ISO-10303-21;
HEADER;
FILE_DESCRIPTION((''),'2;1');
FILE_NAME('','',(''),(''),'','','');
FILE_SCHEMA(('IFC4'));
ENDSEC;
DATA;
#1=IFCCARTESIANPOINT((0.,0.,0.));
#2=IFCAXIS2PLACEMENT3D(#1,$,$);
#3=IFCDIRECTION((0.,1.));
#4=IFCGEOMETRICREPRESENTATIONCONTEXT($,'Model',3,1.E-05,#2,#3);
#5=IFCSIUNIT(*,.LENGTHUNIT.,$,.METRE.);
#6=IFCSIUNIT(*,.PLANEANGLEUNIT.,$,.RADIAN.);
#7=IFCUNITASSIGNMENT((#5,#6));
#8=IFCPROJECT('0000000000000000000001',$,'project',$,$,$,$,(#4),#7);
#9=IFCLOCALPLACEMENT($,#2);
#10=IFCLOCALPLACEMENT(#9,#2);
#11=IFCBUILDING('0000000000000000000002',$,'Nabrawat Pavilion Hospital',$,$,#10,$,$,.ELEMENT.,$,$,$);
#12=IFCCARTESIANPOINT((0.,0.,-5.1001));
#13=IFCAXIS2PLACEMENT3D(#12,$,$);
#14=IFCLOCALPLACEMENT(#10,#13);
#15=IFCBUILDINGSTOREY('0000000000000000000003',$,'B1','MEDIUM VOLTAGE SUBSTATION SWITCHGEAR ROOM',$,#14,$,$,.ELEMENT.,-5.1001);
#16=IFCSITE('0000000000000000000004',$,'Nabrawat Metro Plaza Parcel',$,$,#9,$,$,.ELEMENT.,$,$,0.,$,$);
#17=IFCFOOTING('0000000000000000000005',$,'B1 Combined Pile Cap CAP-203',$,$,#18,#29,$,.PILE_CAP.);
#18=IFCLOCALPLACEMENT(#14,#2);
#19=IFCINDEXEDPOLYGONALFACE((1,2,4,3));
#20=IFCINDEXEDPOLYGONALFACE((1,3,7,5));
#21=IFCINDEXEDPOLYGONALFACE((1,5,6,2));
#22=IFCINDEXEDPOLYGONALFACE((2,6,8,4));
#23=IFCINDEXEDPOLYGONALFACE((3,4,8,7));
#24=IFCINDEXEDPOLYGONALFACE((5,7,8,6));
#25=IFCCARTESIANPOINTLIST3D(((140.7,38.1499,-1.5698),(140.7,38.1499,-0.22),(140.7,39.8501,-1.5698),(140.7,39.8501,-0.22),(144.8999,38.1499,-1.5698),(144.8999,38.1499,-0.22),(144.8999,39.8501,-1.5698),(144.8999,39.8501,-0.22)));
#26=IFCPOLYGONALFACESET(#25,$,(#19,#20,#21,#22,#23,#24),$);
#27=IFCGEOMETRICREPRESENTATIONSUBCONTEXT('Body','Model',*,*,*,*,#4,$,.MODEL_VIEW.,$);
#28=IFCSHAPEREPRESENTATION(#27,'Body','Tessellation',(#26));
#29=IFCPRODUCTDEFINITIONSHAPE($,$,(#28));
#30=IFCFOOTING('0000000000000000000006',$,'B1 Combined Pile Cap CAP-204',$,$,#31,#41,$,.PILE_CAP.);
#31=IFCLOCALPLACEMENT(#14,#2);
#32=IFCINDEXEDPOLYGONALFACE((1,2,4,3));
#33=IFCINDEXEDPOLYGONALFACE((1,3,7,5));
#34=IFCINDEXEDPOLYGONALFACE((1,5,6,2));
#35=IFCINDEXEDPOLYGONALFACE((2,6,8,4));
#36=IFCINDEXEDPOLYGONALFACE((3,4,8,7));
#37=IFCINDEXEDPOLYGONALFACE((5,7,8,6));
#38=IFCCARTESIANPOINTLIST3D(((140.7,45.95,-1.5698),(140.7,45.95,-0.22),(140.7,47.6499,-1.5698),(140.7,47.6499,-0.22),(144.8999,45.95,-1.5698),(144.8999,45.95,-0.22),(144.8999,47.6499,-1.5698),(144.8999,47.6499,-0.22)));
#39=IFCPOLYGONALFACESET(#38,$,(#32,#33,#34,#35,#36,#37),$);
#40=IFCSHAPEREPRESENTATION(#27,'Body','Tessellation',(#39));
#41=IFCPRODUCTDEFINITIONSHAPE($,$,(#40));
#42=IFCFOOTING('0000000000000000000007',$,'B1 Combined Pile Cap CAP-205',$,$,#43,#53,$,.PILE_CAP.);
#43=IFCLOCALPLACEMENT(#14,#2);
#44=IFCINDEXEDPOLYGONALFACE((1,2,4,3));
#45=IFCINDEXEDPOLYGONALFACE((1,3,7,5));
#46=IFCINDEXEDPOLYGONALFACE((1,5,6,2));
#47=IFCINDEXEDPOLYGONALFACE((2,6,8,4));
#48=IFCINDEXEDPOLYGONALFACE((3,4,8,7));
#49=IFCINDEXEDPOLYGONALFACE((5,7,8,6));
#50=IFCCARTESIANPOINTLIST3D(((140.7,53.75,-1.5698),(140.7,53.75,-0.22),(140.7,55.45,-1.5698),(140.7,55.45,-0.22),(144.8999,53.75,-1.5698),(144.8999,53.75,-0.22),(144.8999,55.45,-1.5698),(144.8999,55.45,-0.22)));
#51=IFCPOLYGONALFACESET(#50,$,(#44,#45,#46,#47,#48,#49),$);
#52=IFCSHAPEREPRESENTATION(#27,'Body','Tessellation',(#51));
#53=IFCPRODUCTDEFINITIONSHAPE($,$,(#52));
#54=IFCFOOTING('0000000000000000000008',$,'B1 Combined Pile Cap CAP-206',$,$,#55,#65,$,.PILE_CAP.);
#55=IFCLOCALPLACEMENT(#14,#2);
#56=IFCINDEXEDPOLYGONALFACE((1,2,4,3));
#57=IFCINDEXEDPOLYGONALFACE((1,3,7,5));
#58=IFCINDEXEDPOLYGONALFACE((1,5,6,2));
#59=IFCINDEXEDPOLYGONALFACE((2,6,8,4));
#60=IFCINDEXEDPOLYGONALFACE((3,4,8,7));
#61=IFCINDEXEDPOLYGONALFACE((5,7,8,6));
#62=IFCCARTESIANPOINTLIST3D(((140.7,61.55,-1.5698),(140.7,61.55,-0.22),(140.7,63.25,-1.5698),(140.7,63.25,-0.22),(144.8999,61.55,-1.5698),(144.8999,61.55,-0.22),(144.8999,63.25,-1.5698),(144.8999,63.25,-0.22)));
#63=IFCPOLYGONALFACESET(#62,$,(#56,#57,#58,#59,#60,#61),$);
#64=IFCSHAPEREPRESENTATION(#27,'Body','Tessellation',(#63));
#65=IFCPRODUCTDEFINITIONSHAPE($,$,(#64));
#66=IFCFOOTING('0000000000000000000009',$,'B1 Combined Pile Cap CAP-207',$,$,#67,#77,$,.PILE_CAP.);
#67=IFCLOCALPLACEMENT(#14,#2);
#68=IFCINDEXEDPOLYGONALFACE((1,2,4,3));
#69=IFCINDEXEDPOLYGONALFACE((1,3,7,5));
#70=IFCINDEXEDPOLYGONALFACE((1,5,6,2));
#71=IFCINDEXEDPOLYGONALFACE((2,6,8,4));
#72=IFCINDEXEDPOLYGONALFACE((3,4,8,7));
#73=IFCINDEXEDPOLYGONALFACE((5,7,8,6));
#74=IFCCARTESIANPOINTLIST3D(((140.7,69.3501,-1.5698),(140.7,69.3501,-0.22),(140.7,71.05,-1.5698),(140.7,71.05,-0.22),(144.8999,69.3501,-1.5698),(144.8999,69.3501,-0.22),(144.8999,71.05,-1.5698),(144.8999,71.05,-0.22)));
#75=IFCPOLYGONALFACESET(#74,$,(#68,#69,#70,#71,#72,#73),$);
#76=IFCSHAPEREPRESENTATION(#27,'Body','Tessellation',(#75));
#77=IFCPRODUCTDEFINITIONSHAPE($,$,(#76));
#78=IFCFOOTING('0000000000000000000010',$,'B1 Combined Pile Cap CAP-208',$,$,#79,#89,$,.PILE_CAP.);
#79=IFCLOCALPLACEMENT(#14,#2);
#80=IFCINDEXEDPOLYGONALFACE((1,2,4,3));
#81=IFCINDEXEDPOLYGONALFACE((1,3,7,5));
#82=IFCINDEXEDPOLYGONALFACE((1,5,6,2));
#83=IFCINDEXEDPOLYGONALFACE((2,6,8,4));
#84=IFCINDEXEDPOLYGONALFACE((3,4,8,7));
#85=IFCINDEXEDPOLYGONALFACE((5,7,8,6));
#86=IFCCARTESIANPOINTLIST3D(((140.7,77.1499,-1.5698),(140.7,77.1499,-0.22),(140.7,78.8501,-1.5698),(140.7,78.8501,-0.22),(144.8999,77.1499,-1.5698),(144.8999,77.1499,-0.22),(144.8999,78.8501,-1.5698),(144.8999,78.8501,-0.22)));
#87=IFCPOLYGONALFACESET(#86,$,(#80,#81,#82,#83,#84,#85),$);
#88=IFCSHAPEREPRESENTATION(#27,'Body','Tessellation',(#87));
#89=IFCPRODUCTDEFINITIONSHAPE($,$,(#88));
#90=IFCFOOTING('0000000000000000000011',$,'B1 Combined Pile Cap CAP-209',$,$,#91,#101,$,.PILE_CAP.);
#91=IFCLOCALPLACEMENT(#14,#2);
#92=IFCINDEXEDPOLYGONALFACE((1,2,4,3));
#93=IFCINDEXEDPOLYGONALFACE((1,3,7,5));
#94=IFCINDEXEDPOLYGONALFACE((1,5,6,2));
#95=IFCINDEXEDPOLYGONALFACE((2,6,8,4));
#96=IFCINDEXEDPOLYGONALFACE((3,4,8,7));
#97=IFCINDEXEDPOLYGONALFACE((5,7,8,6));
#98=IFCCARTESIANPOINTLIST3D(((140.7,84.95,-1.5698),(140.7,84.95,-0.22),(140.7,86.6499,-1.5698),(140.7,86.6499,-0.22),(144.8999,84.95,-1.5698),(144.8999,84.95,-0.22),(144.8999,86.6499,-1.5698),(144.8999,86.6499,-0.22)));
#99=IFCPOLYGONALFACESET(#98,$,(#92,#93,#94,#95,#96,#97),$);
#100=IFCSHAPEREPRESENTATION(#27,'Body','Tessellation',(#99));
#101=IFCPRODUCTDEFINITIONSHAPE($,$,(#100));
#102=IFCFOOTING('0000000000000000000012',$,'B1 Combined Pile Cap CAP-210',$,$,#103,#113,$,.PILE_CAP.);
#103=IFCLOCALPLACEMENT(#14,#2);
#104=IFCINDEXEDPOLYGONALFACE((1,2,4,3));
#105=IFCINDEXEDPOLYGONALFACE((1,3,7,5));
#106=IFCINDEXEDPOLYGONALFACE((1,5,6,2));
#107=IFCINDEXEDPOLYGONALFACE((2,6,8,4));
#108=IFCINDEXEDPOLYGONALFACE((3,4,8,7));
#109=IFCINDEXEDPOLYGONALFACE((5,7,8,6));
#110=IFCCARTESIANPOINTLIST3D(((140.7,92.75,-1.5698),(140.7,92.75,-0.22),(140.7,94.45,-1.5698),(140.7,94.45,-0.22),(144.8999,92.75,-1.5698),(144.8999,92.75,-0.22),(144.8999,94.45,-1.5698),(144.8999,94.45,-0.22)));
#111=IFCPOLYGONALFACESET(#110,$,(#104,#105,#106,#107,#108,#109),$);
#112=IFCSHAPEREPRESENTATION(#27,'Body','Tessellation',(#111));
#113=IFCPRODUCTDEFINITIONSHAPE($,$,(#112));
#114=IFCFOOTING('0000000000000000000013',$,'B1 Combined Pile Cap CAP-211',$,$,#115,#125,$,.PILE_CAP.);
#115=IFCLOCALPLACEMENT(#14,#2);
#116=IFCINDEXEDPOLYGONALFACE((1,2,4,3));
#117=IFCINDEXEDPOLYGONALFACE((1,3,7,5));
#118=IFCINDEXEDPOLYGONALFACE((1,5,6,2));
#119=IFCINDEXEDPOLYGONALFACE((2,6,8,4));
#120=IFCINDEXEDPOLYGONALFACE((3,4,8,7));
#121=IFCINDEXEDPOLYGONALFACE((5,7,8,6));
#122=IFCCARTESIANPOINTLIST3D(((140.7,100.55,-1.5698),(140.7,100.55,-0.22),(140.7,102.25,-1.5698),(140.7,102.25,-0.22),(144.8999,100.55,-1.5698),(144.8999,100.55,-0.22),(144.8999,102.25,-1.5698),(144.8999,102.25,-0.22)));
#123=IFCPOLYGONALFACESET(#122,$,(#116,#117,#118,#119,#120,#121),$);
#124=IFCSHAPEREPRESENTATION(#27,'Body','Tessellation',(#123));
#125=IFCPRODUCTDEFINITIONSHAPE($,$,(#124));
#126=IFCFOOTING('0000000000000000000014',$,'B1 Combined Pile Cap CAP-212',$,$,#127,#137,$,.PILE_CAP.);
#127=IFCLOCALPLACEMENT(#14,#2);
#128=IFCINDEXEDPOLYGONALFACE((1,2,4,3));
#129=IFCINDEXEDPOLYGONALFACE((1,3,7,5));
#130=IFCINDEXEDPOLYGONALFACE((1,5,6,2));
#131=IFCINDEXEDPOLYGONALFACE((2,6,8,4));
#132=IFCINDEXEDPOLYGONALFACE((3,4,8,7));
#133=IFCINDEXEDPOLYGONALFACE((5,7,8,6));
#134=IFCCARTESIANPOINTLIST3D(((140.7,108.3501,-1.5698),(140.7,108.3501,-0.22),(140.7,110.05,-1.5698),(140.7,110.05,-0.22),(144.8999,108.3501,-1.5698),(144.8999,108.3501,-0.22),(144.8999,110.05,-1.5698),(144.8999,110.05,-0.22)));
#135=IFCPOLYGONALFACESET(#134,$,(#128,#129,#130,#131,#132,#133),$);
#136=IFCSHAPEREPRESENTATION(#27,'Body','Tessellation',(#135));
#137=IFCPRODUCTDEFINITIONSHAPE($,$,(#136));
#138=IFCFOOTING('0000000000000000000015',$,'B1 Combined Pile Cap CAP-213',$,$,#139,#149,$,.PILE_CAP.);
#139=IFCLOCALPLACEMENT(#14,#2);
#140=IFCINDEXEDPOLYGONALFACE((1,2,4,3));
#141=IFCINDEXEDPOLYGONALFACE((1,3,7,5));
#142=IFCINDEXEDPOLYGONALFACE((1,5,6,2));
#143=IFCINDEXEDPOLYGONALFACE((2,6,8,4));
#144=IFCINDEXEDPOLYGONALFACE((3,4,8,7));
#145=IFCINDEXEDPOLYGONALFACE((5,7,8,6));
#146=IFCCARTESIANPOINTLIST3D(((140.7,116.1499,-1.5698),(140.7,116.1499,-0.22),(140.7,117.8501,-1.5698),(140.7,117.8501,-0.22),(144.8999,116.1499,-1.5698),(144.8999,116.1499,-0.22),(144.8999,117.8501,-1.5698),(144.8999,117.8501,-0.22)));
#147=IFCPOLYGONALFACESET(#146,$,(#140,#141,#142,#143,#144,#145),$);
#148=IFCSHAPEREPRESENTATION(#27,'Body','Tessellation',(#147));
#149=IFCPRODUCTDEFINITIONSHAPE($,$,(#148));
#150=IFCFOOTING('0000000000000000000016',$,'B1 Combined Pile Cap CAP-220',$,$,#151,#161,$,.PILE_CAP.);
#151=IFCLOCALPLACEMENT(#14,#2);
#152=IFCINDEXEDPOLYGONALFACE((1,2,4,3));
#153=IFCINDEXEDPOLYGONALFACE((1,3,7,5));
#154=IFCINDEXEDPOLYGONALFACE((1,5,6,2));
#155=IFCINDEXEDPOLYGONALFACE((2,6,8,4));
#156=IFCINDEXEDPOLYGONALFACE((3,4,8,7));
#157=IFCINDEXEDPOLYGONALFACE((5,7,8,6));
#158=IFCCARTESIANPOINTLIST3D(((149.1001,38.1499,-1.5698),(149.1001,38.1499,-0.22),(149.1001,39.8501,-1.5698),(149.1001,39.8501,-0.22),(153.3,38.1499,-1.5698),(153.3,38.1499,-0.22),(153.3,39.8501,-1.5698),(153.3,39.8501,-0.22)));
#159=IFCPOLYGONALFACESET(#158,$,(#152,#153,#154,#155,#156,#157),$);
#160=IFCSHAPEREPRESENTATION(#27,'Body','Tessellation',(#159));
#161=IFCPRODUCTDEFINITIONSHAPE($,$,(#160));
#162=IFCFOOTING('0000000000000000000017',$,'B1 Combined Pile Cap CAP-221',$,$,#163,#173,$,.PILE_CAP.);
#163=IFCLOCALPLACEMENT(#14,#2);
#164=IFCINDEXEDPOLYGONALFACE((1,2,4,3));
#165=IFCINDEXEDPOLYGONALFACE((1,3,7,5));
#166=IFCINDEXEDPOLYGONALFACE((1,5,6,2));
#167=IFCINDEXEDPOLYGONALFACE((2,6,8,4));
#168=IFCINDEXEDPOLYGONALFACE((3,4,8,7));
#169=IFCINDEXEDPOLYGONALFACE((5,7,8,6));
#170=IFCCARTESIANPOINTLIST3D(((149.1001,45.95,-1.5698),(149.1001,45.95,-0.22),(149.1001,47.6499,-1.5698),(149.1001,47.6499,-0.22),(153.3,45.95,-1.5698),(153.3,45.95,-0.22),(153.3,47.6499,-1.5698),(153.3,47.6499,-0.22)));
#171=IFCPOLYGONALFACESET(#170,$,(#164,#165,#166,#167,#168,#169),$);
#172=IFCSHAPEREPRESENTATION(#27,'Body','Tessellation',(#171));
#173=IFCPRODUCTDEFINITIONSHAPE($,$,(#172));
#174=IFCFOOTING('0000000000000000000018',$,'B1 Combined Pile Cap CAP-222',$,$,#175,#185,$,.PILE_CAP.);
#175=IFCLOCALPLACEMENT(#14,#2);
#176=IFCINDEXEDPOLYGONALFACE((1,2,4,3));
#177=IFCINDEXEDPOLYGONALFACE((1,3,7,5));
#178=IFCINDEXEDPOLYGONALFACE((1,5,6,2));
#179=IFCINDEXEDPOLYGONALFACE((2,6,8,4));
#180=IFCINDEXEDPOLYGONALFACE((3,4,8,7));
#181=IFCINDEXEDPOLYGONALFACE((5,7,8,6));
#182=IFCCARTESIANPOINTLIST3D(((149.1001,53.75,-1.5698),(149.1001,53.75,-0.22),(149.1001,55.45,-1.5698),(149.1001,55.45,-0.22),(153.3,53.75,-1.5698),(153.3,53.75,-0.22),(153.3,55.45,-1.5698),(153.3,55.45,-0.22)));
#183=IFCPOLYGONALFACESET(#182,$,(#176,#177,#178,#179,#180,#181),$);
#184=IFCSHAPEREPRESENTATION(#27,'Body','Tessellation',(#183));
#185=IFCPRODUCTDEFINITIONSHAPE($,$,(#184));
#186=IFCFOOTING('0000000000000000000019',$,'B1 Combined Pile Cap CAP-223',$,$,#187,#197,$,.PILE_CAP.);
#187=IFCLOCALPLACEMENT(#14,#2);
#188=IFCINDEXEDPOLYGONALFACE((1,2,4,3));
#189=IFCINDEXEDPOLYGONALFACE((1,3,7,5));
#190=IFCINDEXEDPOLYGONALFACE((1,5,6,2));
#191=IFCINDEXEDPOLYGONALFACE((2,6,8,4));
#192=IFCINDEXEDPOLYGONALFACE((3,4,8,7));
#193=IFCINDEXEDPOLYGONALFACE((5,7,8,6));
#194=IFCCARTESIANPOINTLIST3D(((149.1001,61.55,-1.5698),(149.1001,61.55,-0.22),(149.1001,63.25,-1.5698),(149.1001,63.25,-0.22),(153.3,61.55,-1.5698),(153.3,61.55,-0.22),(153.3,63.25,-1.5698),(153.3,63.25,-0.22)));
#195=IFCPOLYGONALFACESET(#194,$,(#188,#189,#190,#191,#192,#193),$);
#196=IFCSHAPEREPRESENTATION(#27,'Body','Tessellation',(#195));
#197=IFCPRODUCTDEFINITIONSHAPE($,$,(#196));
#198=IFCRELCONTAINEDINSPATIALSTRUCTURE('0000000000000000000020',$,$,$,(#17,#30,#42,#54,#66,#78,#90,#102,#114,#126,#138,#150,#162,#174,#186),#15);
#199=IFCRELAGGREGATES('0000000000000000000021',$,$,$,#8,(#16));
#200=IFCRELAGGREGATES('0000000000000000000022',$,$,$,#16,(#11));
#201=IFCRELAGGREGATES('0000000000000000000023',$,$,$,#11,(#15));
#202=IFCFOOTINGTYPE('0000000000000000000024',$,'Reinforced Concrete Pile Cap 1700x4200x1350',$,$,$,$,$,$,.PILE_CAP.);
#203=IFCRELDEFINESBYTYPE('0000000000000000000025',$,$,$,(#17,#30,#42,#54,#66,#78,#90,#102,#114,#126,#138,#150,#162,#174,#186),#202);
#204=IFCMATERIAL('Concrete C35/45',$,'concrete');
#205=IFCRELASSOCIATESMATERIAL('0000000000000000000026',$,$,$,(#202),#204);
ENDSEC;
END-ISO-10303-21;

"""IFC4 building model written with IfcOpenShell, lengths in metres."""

from ifc_helpers import new_model, si_unit, direction, frame, origin, place, context, subcontext, project, spatial, polyline, outline, extrude, material, type_object, element, save


model = new_model("IFC4")

# Units and contexts
model_context = context("Model", 3, precision=1e-05, world=origin(), true_north=direction((0.0, 1.0)))
body_context = subcontext(model_context, "Body", "Model", "MODEL_VIEW")
ifc_project = project(units=[si_unit("LENGTHUNIT", "METRE"), si_unit("PLANEANGLEUNIT", "RADIAN")], contexts=[model_context])

# Site, building, storey
site_placement = place(None, origin())
site = spatial("IfcSite", under=ifc_project, at=site_placement, Name="Nabrawat Metro Plaza Parcel", CompositionType="ELEMENT", RefElevation=0.0)
building_placement = place(site_placement, origin())
building = spatial("IfcBuilding", under=site, at=building_placement, Name="Nabrawat Pavilion Hospital", CompositionType="ELEMENT")
storey_placement = place(building_placement, frame((0.0, 0.0, -5.1001)))
storey = spatial("IfcBuildingStorey", under=building, at=storey_placement, Name="B1", Description="MEDIUM VOLTAGE SUBSTATION SWITCHGEAR ROOM", CompositionType="ELEMENT", Elevation=-5.1001)

# Footings
ifc_material = material(Name="Concrete C35/45", Category="concrete")
footing_type = type_object("IfcFootingType", Name="Reinforced Concrete Pile Cap 1700x4200x1350", PredefinedType="PILE_CAP", material=ifc_material)
footing_1_placement = place(storey_placement, frame((0.0, 0.0, -1.5698)))
element("IfcFooting", 1, at=footing_1_placement, inside=storey, type_object=footing_type, Name="B1 Combined Pile Cap CAP-203", PredefinedType="PILE_CAP", context=body_context, shape_type="SweptSolid", body=[
    extrude(outline(polyline([(144.8999, 38.1499), (144.8999, 39.8501), (140.7, 39.8501), (140.7, 38.1499), (144.8999, 38.1499)])), origin(), (0.0, 0.0, 1.0), 1.3499),
])
footing_2_placement = place(storey_placement, frame((0.0, 0.0, -1.5698)))
element("IfcFooting", 2, at=footing_2_placement, inside=storey, type_object=footing_type, Name="B1 Combined Pile Cap CAP-204", PredefinedType="PILE_CAP", context=body_context, shape_type="SweptSolid", body=[
    extrude(outline(polyline([(144.8999, 45.95), (144.8999, 47.6499), (140.7, 47.6499), (140.7, 45.95), (144.8999, 45.95)])), origin(), (0.0, 0.0, 1.0), 1.3499),
])
footing_3_placement = place(storey_placement, frame((0.0, 0.0, -1.5698)))
element("IfcFooting", 3, at=footing_3_placement, inside=storey, type_object=footing_type, Name="B1 Combined Pile Cap CAP-205", PredefinedType="PILE_CAP", context=body_context, shape_type="SweptSolid", body=[
    extrude(outline(polyline([(144.8999, 53.75), (144.8999, 55.45), (140.7, 55.45), (140.7, 53.75), (144.8999, 53.75)])), origin(), (0.0, 0.0, 1.0), 1.3499),
])
footing_4_placement = place(storey_placement, frame((0.0, 0.0, -1.5698)))
element("IfcFooting", 4, at=footing_4_placement, inside=storey, type_object=footing_type, Name="B1 Combined Pile Cap CAP-206", PredefinedType="PILE_CAP", context=body_context, shape_type="SweptSolid", body=[
    extrude(outline(polyline([(144.8999, 61.55), (144.8999, 63.25), (140.7, 63.25), (140.7, 61.55), (144.8999, 61.55)])), origin(), (0.0, 0.0, 1.0), 1.3499),
])
footing_5_placement = place(storey_placement, frame((0.0, 0.0, -1.5698)))
element("IfcFooting", 5, at=footing_5_placement, inside=storey, type_object=footing_type, Name="B1 Combined Pile Cap CAP-207", PredefinedType="PILE_CAP", context=body_context, shape_type="SweptSolid", body=[
    extrude(outline(polyline([(144.8999, 69.3501), (144.8999, 71.05), (140.7, 71.05), (140.7, 69.3501), (144.8999, 69.3501)])), origin(), (0.0, 0.0, 1.0), 1.3499),
])
footing_6_placement = place(storey_placement, frame((0.0, 0.0, -1.5698)))
element("IfcFooting", 6, at=footing_6_placement, inside=storey, type_object=footing_type, Name="B1 Combined Pile Cap CAP-208", PredefinedType="PILE_CAP", context=body_context, shape_type="SweptSolid", body=[
    extrude(outline(polyline([(144.8999, 77.1499), (144.8999, 78.8501), (140.7, 78.8501), (140.7, 77.1499), (144.8999, 77.1499)])), origin(), (0.0, 0.0, 1.0), 1.3499),
])
footing_7_placement = place(storey_placement, frame((0.0, 0.0, -1.5698)))
element("IfcFooting", 7, at=footing_7_placement, inside=storey, type_object=footing_type, Name="B1 Combined Pile Cap CAP-209", PredefinedType="PILE_CAP", context=body_context, shape_type="SweptSolid", body=[
    extrude(outline(polyline([(144.8999, 84.95), (144.8999, 86.6499), (140.7, 86.6499), (140.7, 84.95), (144.8999, 84.95)])), origin(), (0.0, 0.0, 1.0), 1.3499),
])
footing_8_placement = place(storey_placement, frame((0.0, 0.0, -1.5698)))
element("IfcFooting", 8, at=footing_8_placement, inside=storey, type_object=footing_type, Name="B1 Combined Pile Cap CAP-210", PredefinedType="PILE_CAP", context=body_context, shape_type="SweptSolid", body=[
    extrude(outline(polyline([(144.8999, 92.75), (144.8999, 94.45), (140.7, 94.45), (140.7, 92.75), (144.8999, 92.75)])), origin(), (0.0, 0.0, 1.0), 1.3499),
])
footing_9_placement = place(storey_placement, frame((0.0, 0.0, -1.5698)))
element("IfcFooting", 9, at=footing_9_placement, inside=storey, type_object=footing_type, Name="B1 Combined Pile Cap CAP-211", PredefinedType="PILE_CAP", context=body_context, shape_type="SweptSolid", body=[
    extrude(outline(polyline([(144.8999, 100.55), (144.8999, 102.25), (140.7, 102.25), (140.7, 100.55), (144.8999, 100.55)])), origin(), (0.0, 0.0, 1.0), 1.3499),
])
footing_10_placement = place(storey_placement, frame((0.0, 0.0, -1.5698)))
element("IfcFooting", 10, at=footing_10_placement, inside=storey, type_object=footing_type, Name="B1 Combined Pile Cap CAP-212", PredefinedType="PILE_CAP", context=body_context, shape_type="SweptSolid", body=[
    extrude(outline(polyline([(144.8999, 108.3501), (144.8999, 110.05), (140.7, 110.05), (140.7, 108.3501), (144.8999, 108.3501)])), origin(), (0.0, 0.0, 1.0), 1.3499),
])
footing_11_placement = place(storey_placement, frame((0.0, 0.0, -1.5698)))
element("IfcFooting", 11, at=footing_11_placement, inside=storey, type_object=footing_type, Name="B1 Combined Pile Cap CAP-213", PredefinedType="PILE_CAP", context=body_context, shape_type="SweptSolid", body=[
    extrude(outline(polyline([(144.8999, 116.1499), (144.8999, 117.8501), (140.7, 117.8501), (140.7, 116.1499), (144.8999, 116.1499)])), origin(), (0.0, 0.0, 1.0), 1.3499),
])
footing_12_placement = place(storey_placement, frame((0.0, 0.0, -1.5698)))
element("IfcFooting", 12, at=footing_12_placement, inside=storey, type_object=footing_type, Name="B1 Combined Pile Cap CAP-220", PredefinedType="PILE_CAP", context=body_context, shape_type="SweptSolid", body=[
    extrude(outline(polyline([(153.3, 38.1499), (153.3, 39.8501), (149.1001, 39.8501), (149.1001, 38.1499), (153.3, 38.1499)])), origin(), (0.0, 0.0, 1.0), 1.3499),
])
footing_13_placement = place(storey_placement, frame((0.0, 0.0, -1.5698)))
element("IfcFooting", 13, at=footing_13_placement, inside=storey, type_object=footing_type, Name="B1 Combined Pile Cap CAP-221", PredefinedType="PILE_CAP", context=body_context, shape_type="SweptSolid", body=[
    extrude(outline(polyline([(153.3, 45.95), (153.3, 47.6499), (149.1001, 47.6499), (149.1001, 45.95), (153.3, 45.95)])), origin(), (0.0, 0.0, 1.0), 1.3499),
])
footing_14_placement = place(storey_placement, frame((0.0, 0.0, -1.5698)))
element("IfcFooting", 14, at=footing_14_placement, inside=storey, type_object=footing_type, Name="B1 Combined Pile Cap CAP-222", PredefinedType="PILE_CAP", context=body_context, shape_type="SweptSolid", body=[
    extrude(outline(polyline([(153.3, 53.75), (153.3, 55.45), (149.1001, 55.45), (149.1001, 53.75), (153.3, 53.75)])), origin(), (0.0, 0.0, 1.0), 1.3499),
])
footing_15_placement = place(storey_placement, frame((0.0, 0.0, -1.5698)))
element("IfcFooting", 15, at=footing_15_placement, inside=storey, type_object=footing_type, Name="B1 Combined Pile Cap CAP-223", PredefinedType="PILE_CAP", context=body_context, shape_type="SweptSolid", body=[
    extrude(outline(polyline([(153.3, 61.55), (153.3, 63.25), (149.1001, 63.25), (149.1001, 61.55), (153.3, 61.55)])), origin(), (0.0, 0.0, 1.0), 1.3499),
])

save(model, "model.ifc")
